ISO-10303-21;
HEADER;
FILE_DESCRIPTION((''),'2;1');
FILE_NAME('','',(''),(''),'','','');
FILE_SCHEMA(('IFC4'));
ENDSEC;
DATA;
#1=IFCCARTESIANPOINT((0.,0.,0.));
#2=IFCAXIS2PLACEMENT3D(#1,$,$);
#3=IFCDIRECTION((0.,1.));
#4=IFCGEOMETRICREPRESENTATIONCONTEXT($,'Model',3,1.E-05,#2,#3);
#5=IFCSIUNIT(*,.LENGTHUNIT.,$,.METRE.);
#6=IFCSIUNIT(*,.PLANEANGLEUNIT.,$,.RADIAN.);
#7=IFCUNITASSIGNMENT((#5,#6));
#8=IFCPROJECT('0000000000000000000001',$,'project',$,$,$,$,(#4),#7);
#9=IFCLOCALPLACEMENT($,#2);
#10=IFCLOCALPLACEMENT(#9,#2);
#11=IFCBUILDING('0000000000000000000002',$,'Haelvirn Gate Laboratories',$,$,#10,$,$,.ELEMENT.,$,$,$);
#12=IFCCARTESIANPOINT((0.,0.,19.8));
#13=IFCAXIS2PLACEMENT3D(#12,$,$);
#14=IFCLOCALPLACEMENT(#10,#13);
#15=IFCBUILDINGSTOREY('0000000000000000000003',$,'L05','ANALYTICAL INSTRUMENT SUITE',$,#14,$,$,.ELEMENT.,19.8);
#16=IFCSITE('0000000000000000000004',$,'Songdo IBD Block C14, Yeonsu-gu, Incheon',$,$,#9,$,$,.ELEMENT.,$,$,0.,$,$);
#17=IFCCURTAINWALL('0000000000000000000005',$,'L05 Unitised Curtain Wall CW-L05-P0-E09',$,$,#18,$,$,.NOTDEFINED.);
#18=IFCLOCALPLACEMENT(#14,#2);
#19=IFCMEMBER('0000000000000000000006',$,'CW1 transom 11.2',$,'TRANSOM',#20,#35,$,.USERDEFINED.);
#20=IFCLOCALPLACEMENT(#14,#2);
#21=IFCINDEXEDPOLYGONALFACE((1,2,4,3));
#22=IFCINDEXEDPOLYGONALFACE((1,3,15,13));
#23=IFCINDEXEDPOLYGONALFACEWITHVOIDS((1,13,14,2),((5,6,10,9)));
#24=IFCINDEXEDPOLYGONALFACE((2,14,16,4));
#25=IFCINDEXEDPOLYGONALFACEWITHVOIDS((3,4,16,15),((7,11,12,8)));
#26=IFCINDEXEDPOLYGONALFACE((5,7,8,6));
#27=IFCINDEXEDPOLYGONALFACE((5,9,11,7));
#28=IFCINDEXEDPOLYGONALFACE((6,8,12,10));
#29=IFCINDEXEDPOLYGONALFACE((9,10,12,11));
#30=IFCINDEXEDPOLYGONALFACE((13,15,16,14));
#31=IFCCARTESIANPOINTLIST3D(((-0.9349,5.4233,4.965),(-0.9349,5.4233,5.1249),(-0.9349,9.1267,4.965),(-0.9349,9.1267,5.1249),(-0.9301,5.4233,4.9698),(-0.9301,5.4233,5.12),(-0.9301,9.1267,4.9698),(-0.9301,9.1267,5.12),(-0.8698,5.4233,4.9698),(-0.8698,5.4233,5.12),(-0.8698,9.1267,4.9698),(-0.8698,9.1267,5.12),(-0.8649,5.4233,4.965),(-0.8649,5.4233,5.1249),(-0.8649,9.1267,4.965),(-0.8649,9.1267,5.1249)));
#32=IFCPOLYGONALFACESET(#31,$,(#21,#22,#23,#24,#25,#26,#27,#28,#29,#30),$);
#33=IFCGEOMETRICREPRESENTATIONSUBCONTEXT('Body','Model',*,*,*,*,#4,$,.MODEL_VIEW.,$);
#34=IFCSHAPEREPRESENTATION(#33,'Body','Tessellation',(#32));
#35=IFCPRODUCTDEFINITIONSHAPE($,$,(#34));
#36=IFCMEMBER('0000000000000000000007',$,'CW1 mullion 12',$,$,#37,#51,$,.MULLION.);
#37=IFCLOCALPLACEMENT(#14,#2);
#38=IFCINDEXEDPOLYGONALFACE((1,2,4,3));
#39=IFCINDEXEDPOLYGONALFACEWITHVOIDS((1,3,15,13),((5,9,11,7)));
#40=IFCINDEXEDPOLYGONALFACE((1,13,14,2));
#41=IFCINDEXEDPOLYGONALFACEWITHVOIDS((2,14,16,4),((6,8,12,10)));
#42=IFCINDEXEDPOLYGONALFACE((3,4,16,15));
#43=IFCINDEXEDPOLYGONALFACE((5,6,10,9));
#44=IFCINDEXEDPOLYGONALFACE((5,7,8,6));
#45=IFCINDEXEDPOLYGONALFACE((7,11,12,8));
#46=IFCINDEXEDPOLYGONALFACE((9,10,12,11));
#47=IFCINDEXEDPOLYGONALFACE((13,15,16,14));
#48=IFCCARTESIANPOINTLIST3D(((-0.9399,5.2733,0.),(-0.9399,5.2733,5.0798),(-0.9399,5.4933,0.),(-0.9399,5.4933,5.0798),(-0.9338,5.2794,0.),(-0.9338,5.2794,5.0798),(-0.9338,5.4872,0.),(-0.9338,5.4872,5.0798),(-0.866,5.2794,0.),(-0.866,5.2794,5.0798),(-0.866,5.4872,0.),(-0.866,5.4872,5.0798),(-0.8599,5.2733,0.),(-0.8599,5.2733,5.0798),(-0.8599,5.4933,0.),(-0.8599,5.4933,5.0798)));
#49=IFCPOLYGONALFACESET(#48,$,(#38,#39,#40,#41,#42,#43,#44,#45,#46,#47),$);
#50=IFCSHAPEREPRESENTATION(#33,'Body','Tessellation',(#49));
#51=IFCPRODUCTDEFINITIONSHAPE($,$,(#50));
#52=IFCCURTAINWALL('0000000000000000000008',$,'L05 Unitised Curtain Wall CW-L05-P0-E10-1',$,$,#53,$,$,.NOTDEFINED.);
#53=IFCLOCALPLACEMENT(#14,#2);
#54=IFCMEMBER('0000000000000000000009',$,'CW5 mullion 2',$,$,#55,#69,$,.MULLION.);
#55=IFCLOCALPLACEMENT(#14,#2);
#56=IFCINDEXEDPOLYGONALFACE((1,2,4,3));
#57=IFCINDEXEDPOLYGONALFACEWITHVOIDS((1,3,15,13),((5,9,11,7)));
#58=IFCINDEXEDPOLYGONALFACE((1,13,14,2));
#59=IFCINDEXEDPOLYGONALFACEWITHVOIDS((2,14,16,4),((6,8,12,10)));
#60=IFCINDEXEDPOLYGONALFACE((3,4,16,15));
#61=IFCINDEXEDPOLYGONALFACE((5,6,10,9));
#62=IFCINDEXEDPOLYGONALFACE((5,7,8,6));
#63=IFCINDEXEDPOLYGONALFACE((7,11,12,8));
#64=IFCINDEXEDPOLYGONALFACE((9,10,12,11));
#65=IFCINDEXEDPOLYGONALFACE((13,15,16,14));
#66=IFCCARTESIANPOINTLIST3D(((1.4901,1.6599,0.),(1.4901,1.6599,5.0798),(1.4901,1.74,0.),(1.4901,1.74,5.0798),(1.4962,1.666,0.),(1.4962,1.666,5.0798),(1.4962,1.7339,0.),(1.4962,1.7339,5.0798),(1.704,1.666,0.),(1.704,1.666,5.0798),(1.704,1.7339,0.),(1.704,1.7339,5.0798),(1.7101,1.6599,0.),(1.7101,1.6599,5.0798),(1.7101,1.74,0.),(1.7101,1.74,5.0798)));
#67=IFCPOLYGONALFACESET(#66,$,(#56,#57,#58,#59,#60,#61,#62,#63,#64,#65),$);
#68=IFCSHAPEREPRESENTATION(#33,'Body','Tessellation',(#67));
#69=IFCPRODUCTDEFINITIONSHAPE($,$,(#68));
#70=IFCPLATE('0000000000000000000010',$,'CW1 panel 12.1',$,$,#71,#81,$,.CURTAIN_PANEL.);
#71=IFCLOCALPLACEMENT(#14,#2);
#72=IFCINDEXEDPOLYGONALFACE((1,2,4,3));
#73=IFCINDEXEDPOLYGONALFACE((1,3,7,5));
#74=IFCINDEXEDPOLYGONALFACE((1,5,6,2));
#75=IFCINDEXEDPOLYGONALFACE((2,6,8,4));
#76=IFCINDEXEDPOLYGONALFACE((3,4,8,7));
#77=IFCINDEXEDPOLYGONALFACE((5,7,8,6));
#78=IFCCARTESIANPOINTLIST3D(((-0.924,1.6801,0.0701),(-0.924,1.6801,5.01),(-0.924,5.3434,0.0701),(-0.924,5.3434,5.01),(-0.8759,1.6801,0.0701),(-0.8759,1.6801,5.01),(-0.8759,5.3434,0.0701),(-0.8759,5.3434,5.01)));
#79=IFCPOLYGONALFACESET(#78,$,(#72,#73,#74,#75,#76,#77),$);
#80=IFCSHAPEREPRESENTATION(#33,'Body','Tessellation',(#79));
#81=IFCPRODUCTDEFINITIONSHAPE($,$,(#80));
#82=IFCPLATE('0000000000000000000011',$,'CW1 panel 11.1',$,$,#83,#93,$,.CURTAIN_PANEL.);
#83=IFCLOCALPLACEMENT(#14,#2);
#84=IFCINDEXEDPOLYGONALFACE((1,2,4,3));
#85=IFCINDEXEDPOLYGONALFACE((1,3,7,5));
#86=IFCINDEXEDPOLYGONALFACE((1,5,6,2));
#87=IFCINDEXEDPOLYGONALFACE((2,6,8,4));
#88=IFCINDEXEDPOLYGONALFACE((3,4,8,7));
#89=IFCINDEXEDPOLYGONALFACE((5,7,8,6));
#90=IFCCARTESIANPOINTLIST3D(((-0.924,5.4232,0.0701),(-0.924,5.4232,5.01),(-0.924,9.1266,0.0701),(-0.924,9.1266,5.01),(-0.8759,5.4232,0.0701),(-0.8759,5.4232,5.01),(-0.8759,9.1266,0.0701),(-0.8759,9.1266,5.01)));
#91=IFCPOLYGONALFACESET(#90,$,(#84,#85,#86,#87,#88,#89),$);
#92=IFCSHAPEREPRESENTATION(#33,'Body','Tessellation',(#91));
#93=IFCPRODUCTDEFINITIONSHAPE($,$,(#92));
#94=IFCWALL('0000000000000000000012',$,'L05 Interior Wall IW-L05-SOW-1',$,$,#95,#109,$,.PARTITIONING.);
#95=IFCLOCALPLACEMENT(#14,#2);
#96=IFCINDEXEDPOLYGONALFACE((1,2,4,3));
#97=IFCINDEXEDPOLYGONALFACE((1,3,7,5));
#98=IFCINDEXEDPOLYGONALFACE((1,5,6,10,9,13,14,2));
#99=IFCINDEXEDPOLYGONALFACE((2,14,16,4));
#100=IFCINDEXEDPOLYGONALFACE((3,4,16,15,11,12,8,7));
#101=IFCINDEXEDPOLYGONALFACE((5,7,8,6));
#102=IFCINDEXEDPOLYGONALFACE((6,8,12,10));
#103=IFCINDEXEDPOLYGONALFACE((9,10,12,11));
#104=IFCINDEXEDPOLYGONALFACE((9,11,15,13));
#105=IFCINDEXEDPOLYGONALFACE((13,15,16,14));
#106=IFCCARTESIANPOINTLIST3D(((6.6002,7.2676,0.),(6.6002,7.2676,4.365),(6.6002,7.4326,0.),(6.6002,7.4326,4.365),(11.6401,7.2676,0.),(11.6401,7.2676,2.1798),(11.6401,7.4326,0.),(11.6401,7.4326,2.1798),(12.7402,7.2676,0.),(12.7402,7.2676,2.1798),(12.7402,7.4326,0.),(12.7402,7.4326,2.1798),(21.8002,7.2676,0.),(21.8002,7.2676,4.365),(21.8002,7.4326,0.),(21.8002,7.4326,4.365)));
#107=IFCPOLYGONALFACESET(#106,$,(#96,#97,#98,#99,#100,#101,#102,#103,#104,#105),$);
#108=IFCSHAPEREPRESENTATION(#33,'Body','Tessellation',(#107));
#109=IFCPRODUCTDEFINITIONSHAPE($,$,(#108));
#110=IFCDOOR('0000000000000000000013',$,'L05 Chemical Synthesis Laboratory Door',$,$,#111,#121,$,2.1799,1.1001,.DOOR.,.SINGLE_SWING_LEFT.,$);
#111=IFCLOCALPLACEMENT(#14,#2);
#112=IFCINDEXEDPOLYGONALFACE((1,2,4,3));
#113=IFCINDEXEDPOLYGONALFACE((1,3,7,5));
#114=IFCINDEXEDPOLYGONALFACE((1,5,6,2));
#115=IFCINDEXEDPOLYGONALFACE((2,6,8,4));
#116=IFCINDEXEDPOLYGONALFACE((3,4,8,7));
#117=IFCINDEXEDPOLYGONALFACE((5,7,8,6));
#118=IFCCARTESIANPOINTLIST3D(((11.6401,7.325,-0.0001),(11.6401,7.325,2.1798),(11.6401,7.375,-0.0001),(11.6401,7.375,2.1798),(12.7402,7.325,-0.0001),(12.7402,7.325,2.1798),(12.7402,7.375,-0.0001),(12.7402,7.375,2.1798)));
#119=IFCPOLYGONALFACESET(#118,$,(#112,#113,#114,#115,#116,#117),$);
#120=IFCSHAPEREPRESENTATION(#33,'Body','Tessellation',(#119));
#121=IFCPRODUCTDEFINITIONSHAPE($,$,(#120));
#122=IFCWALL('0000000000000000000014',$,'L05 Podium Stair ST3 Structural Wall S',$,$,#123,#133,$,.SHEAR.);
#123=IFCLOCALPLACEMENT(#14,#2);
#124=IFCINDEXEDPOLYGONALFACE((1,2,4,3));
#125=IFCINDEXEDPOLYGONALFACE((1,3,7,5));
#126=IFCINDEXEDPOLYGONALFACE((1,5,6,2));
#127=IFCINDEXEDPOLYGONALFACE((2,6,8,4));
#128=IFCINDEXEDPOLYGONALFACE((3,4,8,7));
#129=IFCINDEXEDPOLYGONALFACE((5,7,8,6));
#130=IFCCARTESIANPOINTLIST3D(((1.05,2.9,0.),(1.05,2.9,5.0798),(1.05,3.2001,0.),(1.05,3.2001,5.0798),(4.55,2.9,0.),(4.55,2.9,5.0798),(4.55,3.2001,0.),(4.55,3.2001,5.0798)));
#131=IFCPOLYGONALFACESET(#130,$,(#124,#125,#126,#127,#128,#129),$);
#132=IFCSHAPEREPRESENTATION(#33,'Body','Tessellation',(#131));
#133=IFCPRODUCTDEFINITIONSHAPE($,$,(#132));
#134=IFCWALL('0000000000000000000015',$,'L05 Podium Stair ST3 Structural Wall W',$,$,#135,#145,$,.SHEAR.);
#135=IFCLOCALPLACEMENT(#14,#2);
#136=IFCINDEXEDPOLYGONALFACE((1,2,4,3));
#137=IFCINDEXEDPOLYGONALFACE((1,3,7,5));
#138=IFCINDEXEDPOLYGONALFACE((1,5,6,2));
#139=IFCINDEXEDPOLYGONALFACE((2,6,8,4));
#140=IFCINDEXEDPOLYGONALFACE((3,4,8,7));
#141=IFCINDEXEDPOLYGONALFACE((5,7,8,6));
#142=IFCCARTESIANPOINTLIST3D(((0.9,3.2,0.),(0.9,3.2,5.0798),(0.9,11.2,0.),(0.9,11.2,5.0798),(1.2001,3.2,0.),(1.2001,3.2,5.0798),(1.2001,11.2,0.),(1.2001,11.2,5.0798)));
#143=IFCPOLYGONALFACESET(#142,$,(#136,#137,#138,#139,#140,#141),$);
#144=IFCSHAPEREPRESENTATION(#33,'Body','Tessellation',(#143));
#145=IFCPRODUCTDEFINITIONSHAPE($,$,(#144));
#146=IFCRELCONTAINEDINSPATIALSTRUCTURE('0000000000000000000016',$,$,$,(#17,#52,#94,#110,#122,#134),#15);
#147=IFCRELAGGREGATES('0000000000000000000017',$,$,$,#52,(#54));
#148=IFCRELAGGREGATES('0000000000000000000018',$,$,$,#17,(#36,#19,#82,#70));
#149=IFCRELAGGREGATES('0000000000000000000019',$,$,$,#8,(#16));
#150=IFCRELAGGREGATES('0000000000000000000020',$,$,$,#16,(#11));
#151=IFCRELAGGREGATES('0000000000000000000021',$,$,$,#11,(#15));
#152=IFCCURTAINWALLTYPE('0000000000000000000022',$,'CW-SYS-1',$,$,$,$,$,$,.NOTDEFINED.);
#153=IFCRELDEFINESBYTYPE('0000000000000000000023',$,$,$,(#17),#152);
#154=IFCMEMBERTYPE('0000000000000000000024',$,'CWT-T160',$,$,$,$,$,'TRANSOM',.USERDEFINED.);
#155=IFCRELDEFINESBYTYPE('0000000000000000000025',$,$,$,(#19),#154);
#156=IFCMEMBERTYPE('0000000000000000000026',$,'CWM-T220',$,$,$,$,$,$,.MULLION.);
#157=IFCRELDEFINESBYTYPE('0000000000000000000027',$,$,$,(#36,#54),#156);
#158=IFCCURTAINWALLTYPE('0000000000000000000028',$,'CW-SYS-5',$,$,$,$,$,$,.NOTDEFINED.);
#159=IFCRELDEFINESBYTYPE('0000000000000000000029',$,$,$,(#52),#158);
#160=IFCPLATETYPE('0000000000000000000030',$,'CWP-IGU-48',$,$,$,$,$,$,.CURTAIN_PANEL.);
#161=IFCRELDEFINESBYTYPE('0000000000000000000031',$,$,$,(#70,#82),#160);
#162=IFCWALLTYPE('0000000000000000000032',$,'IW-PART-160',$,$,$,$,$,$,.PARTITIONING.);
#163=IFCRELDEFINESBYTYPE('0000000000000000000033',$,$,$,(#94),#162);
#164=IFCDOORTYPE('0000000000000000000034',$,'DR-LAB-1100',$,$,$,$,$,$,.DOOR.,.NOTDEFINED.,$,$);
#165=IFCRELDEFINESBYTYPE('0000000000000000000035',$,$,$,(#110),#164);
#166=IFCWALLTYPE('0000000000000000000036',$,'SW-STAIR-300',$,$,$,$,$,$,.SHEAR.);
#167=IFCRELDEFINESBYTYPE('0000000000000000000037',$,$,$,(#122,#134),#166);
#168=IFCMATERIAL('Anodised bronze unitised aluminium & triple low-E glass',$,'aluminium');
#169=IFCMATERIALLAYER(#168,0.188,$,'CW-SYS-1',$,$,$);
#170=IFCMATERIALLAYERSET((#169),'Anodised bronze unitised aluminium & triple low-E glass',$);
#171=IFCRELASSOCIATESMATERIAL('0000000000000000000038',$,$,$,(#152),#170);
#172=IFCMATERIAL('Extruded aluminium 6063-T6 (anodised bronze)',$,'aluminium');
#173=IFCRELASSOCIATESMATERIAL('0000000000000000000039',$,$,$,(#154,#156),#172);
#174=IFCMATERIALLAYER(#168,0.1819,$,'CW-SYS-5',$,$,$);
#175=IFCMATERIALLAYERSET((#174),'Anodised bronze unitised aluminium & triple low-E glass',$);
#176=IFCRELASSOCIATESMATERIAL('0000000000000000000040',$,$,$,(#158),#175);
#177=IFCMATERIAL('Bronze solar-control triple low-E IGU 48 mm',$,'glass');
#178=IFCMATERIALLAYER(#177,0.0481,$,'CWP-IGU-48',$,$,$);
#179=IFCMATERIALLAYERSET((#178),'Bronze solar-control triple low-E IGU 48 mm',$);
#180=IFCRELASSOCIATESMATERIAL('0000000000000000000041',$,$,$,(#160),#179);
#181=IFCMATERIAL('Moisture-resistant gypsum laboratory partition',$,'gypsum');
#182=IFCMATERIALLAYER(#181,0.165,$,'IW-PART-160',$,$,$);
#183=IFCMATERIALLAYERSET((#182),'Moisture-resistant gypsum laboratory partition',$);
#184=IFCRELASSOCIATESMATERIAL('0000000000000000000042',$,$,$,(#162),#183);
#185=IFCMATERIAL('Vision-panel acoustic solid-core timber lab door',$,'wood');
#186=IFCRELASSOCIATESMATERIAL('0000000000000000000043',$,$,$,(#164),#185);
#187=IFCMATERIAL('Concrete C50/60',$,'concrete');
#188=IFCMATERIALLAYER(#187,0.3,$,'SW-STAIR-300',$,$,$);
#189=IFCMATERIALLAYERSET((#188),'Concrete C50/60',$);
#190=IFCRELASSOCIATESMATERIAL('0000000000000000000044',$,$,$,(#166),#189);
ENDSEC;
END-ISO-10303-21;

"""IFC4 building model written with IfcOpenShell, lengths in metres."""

from ifc_helpers import new_model, si_unit, direction, frame, frame_2d, origin, origin_2d, place, context, subcontext, project, spatial, rectangle, hollow_rectangle, extrude, source, transform, mapped, material, layer, layer_set, material_profile, profile_set, type_object, type_shapes, element, fill, aggregate, save


model = new_model("IFC4")

# Units and contexts
model_context = context("Model", 3, precision=1e-05, world=origin(), true_north=direction((0.0, 1.0)))
body_context = subcontext(model_context, "Body", "Model", "MODEL_VIEW")
ifc_project = project(units=[si_unit("LENGTHUNIT", "METRE"), si_unit("PLANEANGLEUNIT", "RADIAN")], contexts=[model_context])

# Site, building, storey
site_placement = place(None, origin())
site = spatial("IfcSite", under=ifc_project, at=site_placement, Name="Songdo IBD Block C14, Yeonsu-gu, Incheon", CompositionType="ELEMENT", RefElevation=0.0)
building_placement = place(site_placement, origin())
building = spatial("IfcBuilding", under=site, at=building_placement, Name="Haelvirn Gate Laboratories", CompositionType="ELEMENT")
storey_placement = place(building_placement, frame((0.0, 0.0, 19.8)))
storey = spatial("IfcBuildingStorey", under=building, at=storey_placement, Name="L05", Description="ANALYTICAL INSTRUMENT SUITE", CompositionType="ELEMENT", Elevation=19.8)

# Curtain wall, members
ifc_material_1 = material(Name="Anodised bronze unitised aluminium & triple low-E glass", Category="aluminium")
ifc_layer_1 = layer(ifc_material_1, 0.188, Name="CW-SYS-1")
ifc_layer_set_1 = layer_set([ifc_layer_1], Name="Anodised bronze unitised aluminium & triple low-E glass")
curtain_wall_type_1 = type_object("IfcCurtainWallType", Name="CW-SYS-1", PredefinedType="NOTDEFINED", material=ifc_layer_set_1)
curtain_wall_1_placement = place(storey_placement, origin())
curtain_wall_1 = element("IfcCurtainWall", 1, at=curtain_wall_1_placement, inside=storey, type_object=curtain_wall_type_1, Name="L05 Unitised Curtain Wall CW-L05-P0-E09", PredefinedType="NOTDEFINED")
ifc_material_2 = material(Name="Extruded aluminium 6063-T6 (anodised bronze)", Category="aluminium")
ifc_material_profile_1 = material_profile(ifc_material_2, hollow_rectangle(XDim=0.0701, YDim=0.1599, WallThickness=0.0049, at=origin_2d()), Name="CWT-160x70x5")
ifc_profile_set_1 = profile_set([ifc_material_profile_1], Name="Extruded aluminium 6063-T6 (anodised bronze)")
member_type_1 = type_object("IfcMemberType", Name="CWT-T160", ElementType="TRANSOM", PredefinedType="USERDEFINED", material=ifc_profile_set_1)
shared_shape_1 = source(origin(), body_context, "Body", "SweptSolid", [
    extrude(hollow_rectangle(XDim=0.0701, YDim=0.1599, WallThickness=0.0049, at=origin_2d()), origin(), (0.0, 0.0, 1.0), 3.7034),
])
member_1_placement = place(storey_placement, frame((-0.8999, 9.1267, 5.0449), z_axis=(0.0, -1.0, 0.0), x_axis=(1.0, 0.0, 0.0)))
member_1 = element("IfcMember", 2, at=member_1_placement, type_object=member_type_1, Name="CW1 transom 11.2", ObjectType="TRANSOM", PredefinedType="USERDEFINED", context=body_context, shape_type="MappedRepresentation", body=[
    mapped(shared_shape_1, transform((0.0, 0.0, 0.0), scale=1.0)),
])
ifc_material_profile_2 = material_profile(ifc_material_2, hollow_rectangle(XDim=0.0801, YDim=0.22, WallThickness=0.0061, at=origin_2d()), Name="CWM-220x80x6")
ifc_profile_set_2 = profile_set([ifc_material_profile_2], Name="Extruded aluminium 6063-T6 (anodised bronze)")
member_type_2 = type_object("IfcMemberType", Name="CWM-T220", PredefinedType="MULLION", material=ifc_profile_set_2)
shared_shape_2 = source(origin(), body_context, "Body", "SweptSolid", [
    extrude(hollow_rectangle(XDim=0.0801, YDim=0.22, WallThickness=0.0061, at=origin_2d()), origin(), (0.0, 0.0, 1.0), 5.0798),
])
type_shapes(member_type_2, [shared_shape_2])
member_2_placement = place(storey_placement, frame((-0.8999, 5.3833, 0.0), z_axis=(0.0, 0.0, 1.0), x_axis=(1.0, 0.0, 0.0)))
member_2 = element("IfcMember", 3, at=member_2_placement, type_object=member_type_2, Name="CW1 mullion 12", PredefinedType="MULLION", context=body_context, shape_type="MappedRepresentation", body=[
    mapped(shared_shape_2, transform((0.0, 0.0, 0.0), scale=1.0)),
])

# Curtain wall, member
ifc_layer_2 = layer(ifc_material_1, 0.1819, Name="CW-SYS-5")
ifc_layer_set_2 = layer_set([ifc_layer_2], Name="Anodised bronze unitised aluminium & triple low-E glass")
curtain_wall_type_2 = type_object("IfcCurtainWallType", Name="CW-SYS-5", PredefinedType="NOTDEFINED", material=ifc_layer_set_2)
curtain_wall_2_placement = place(storey_placement, origin())
curtain_wall_2 = element("IfcCurtainWall", 4, at=curtain_wall_2_placement, inside=storey, type_object=curtain_wall_type_2, Name="L05 Unitised Curtain Wall CW-L05-P0-E10-1", PredefinedType="NOTDEFINED")
member_3_placement = place(storey_placement, frame((1.6001, 1.7, 0.0), z_axis=(0.0, 0.0, 1.0), x_axis=(0.0, 1.0, 0.0)))
member_3 = element("IfcMember", 5, at=member_3_placement, type_object=member_type_2, Name="CW5 mullion 2", PredefinedType="MULLION", context=body_context, shape_type="MappedRepresentation", body=[
    mapped(shared_shape_2, transform((0.0, 0.0, 0.0), scale=1.0)),
])
aggregate(curtain_wall_2, [member_3])

# Plates
ifc_material_3 = material(Name="Bronze solar-control triple low-E IGU 48 mm", Category="glass")
ifc_layer_3 = layer(ifc_material_3, 0.0481, Name="CWP-IGU-48")
ifc_layer_set_3 = layer_set([ifc_layer_3], Name="Bronze solar-control triple low-E IGU 48 mm")
plate_type = type_object("IfcPlateType", Name="CWP-IGU-48", PredefinedType="CURTAIN_PANEL", material=ifc_layer_set_3)
shared_shape_3 = source(origin(), body_context, "Body", "SweptSolid", [
    extrude(rectangle(XDim=3.6633, YDim=0.0481, at=origin_2d()), origin(), (0.0, 0.0, 1.0), 4.9399),
])
plate_1_placement = place(storey_placement, frame((-0.8999, 3.5117, 0.0701), z_axis=(0.0, 0.0, 1.0), x_axis=(0.0, -1.0, 0.0)))
plate_1 = element("IfcPlate", 6, at=plate_1_placement, type_object=plate_type, Name="CW1 panel 12.1", PredefinedType="CURTAIN_PANEL", context=body_context, shape_type="MappedRepresentation", body=[
    mapped(shared_shape_3, transform((0.0, 0.0, 0.0), scale=1.0)),
])
shared_shape_4 = source(origin(), body_context, "Body", "SweptSolid", [
    extrude(rectangle(XDim=3.7034, YDim=0.0481, at=origin_2d()), origin(), (0.0, 0.0, 1.0), 4.9399),
])
type_shapes(plate_type, [shared_shape_3, shared_shape_4])
plate_2_placement = place(storey_placement, frame((-0.8999, 7.2749, 0.0701), z_axis=(0.0, 0.0, 1.0), x_axis=(0.0, -1.0, 0.0)))
plate_2 = element("IfcPlate", 7, at=plate_2_placement, type_object=plate_type, Name="CW1 panel 11.1", PredefinedType="CURTAIN_PANEL", context=body_context, shape_type="MappedRepresentation", body=[
    mapped(shared_shape_4, transform((0.0, 0.0, 0.0), scale=1.0)),
])
aggregate(curtain_wall_1, [member_2, member_1, plate_2, plate_1])

# Wall, opening, door
ifc_material_4 = material(Name="Moisture-resistant gypsum laboratory partition", Category="gypsum")
ifc_layer_4 = layer(ifc_material_4, 0.165, Name="IW-PART-160")
ifc_layer_set_4 = layer_set([ifc_layer_4], Name="Moisture-resistant gypsum laboratory partition")
wall_type_1 = type_object("IfcWallType", Name="IW-PART-160", PredefinedType="PARTITIONING", material=ifc_layer_set_4)
wall_1_placement = place(storey_placement, frame((6.6001, 7.3501, 0.0), z_axis=(0.0, 0.0, 1.0), x_axis=(1.0, 0.0, 0.0)))
wall_1 = element("IfcWall", 8, at=wall_1_placement, inside=storey, type_object=wall_type_1, Name="L05 Interior Wall IW-L05-SOW-1", PredefinedType="PARTITIONING", context=body_context, shape_type="SweptSolid", body=[
    extrude(rectangle(XDim=15.2, YDim=0.165, at=frame_2d((7.6001, 0.0))), origin(), (0.0, 0.0, 1.0), 4.365),
])
opening_1_placement = place(wall_1_placement, frame((5.04, 0.0, 0.0)))
opening_1 = element("IfcOpeningElement", 9, at=opening_1_placement, cuts=wall_1, PredefinedType="OPENING", context=body_context, shape_type="SweptSolid", body=[
    extrude(rectangle(XDim=1.1001, YDim=2.1799, at=frame_2d((0.55, 1.0898))), frame((0.0, 0.0925, 0.0), z_axis=(0.0, -1.0, 0.0), x_axis=(1.0, 0.0, 0.0)), (0.0, 0.0, 1.0), 0.1851),
])
ifc_material_5 = material(Name="Vision-panel acoustic solid-core timber lab door", Category="wood")
door_type_1 = type_object("IfcDoorType", Name="DR-LAB-1100", OperationType="NOTDEFINED", PredefinedType="DOOR", material=ifc_material_5)
shared_shape_5 = source(origin(), body_context, "Body", "SweptSolid", [
    extrude(rectangle(XDim=1.1001, YDim=2.1799, at=frame_2d((0.55, 1.0898))), frame((0.0, 0.0249, 0.0), z_axis=(0.0, -1.0, 0.0), x_axis=(1.0, 0.0, 0.0)), (0.0, 0.0, 1.0), 0.05),
])
type_shapes(door_type_1, [shared_shape_5])
door_1_placement = place(opening_1_placement, origin())
door_1 = element("IfcDoor", 10, at=door_1_placement, inside=storey, type_object=door_type_1, Name="L05 Chemical Synthesis Laboratory Door", OperationType="SINGLE_SWING_LEFT", OverallHeight=2.1799, OverallWidth=1.1001, PredefinedType="DOOR", context=body_context, shape_type="MappedRepresentation", body=[
    mapped(shared_shape_5, transform((0.0, 0.0, 0.0), scale=1.0)),
])
fill(opening_1, door_1)

# Walls
ifc_material_6 = material(Name="Concrete C50/60", Category="concrete")
ifc_layer_5 = layer(ifc_material_6, 0.3, Name="SW-STAIR-300")
ifc_layer_set_5 = layer_set([ifc_layer_5], Name="Concrete C50/60")
wall_type_2 = type_object("IfcWallType", Name="SW-STAIR-300", PredefinedType="SHEAR", material=ifc_layer_set_5)
wall_2_placement = place(storey_placement, frame((1.05, 3.05, 0.0), z_axis=(0.0, 0.0, 1.0), x_axis=(1.0, 0.0, 0.0)))
element("IfcWall", 11, at=wall_2_placement, inside=storey, type_object=wall_type_2, Name="L05 Podium Stair ST3 Structural Wall S", PredefinedType="SHEAR", context=body_context, shape_type="SweptSolid", body=[
    extrude(rectangle(XDim=3.5, YDim=0.3, at=frame_2d((1.75, 0.0))), origin(), (0.0, 0.0, 1.0), 5.0798),
])
wall_3_placement = place(storey_placement, frame((1.05, 3.2, 0.0), z_axis=(0.0, 0.0, 1.0), x_axis=(0.0, 1.0, 0.0)))
element("IfcWall", 12, at=wall_3_placement, inside=storey, type_object=wall_type_2, Name="L05 Podium Stair ST3 Structural Wall W", PredefinedType="SHEAR", context=body_context, shape_type="SweptSolid", body=[
    extrude(rectangle(XDim=8.0, YDim=0.3, at=frame_2d((4.0, 0.0))), origin(), (0.0, 0.0, 1.0), 5.0798),
])

save(model, "model.ifc")
